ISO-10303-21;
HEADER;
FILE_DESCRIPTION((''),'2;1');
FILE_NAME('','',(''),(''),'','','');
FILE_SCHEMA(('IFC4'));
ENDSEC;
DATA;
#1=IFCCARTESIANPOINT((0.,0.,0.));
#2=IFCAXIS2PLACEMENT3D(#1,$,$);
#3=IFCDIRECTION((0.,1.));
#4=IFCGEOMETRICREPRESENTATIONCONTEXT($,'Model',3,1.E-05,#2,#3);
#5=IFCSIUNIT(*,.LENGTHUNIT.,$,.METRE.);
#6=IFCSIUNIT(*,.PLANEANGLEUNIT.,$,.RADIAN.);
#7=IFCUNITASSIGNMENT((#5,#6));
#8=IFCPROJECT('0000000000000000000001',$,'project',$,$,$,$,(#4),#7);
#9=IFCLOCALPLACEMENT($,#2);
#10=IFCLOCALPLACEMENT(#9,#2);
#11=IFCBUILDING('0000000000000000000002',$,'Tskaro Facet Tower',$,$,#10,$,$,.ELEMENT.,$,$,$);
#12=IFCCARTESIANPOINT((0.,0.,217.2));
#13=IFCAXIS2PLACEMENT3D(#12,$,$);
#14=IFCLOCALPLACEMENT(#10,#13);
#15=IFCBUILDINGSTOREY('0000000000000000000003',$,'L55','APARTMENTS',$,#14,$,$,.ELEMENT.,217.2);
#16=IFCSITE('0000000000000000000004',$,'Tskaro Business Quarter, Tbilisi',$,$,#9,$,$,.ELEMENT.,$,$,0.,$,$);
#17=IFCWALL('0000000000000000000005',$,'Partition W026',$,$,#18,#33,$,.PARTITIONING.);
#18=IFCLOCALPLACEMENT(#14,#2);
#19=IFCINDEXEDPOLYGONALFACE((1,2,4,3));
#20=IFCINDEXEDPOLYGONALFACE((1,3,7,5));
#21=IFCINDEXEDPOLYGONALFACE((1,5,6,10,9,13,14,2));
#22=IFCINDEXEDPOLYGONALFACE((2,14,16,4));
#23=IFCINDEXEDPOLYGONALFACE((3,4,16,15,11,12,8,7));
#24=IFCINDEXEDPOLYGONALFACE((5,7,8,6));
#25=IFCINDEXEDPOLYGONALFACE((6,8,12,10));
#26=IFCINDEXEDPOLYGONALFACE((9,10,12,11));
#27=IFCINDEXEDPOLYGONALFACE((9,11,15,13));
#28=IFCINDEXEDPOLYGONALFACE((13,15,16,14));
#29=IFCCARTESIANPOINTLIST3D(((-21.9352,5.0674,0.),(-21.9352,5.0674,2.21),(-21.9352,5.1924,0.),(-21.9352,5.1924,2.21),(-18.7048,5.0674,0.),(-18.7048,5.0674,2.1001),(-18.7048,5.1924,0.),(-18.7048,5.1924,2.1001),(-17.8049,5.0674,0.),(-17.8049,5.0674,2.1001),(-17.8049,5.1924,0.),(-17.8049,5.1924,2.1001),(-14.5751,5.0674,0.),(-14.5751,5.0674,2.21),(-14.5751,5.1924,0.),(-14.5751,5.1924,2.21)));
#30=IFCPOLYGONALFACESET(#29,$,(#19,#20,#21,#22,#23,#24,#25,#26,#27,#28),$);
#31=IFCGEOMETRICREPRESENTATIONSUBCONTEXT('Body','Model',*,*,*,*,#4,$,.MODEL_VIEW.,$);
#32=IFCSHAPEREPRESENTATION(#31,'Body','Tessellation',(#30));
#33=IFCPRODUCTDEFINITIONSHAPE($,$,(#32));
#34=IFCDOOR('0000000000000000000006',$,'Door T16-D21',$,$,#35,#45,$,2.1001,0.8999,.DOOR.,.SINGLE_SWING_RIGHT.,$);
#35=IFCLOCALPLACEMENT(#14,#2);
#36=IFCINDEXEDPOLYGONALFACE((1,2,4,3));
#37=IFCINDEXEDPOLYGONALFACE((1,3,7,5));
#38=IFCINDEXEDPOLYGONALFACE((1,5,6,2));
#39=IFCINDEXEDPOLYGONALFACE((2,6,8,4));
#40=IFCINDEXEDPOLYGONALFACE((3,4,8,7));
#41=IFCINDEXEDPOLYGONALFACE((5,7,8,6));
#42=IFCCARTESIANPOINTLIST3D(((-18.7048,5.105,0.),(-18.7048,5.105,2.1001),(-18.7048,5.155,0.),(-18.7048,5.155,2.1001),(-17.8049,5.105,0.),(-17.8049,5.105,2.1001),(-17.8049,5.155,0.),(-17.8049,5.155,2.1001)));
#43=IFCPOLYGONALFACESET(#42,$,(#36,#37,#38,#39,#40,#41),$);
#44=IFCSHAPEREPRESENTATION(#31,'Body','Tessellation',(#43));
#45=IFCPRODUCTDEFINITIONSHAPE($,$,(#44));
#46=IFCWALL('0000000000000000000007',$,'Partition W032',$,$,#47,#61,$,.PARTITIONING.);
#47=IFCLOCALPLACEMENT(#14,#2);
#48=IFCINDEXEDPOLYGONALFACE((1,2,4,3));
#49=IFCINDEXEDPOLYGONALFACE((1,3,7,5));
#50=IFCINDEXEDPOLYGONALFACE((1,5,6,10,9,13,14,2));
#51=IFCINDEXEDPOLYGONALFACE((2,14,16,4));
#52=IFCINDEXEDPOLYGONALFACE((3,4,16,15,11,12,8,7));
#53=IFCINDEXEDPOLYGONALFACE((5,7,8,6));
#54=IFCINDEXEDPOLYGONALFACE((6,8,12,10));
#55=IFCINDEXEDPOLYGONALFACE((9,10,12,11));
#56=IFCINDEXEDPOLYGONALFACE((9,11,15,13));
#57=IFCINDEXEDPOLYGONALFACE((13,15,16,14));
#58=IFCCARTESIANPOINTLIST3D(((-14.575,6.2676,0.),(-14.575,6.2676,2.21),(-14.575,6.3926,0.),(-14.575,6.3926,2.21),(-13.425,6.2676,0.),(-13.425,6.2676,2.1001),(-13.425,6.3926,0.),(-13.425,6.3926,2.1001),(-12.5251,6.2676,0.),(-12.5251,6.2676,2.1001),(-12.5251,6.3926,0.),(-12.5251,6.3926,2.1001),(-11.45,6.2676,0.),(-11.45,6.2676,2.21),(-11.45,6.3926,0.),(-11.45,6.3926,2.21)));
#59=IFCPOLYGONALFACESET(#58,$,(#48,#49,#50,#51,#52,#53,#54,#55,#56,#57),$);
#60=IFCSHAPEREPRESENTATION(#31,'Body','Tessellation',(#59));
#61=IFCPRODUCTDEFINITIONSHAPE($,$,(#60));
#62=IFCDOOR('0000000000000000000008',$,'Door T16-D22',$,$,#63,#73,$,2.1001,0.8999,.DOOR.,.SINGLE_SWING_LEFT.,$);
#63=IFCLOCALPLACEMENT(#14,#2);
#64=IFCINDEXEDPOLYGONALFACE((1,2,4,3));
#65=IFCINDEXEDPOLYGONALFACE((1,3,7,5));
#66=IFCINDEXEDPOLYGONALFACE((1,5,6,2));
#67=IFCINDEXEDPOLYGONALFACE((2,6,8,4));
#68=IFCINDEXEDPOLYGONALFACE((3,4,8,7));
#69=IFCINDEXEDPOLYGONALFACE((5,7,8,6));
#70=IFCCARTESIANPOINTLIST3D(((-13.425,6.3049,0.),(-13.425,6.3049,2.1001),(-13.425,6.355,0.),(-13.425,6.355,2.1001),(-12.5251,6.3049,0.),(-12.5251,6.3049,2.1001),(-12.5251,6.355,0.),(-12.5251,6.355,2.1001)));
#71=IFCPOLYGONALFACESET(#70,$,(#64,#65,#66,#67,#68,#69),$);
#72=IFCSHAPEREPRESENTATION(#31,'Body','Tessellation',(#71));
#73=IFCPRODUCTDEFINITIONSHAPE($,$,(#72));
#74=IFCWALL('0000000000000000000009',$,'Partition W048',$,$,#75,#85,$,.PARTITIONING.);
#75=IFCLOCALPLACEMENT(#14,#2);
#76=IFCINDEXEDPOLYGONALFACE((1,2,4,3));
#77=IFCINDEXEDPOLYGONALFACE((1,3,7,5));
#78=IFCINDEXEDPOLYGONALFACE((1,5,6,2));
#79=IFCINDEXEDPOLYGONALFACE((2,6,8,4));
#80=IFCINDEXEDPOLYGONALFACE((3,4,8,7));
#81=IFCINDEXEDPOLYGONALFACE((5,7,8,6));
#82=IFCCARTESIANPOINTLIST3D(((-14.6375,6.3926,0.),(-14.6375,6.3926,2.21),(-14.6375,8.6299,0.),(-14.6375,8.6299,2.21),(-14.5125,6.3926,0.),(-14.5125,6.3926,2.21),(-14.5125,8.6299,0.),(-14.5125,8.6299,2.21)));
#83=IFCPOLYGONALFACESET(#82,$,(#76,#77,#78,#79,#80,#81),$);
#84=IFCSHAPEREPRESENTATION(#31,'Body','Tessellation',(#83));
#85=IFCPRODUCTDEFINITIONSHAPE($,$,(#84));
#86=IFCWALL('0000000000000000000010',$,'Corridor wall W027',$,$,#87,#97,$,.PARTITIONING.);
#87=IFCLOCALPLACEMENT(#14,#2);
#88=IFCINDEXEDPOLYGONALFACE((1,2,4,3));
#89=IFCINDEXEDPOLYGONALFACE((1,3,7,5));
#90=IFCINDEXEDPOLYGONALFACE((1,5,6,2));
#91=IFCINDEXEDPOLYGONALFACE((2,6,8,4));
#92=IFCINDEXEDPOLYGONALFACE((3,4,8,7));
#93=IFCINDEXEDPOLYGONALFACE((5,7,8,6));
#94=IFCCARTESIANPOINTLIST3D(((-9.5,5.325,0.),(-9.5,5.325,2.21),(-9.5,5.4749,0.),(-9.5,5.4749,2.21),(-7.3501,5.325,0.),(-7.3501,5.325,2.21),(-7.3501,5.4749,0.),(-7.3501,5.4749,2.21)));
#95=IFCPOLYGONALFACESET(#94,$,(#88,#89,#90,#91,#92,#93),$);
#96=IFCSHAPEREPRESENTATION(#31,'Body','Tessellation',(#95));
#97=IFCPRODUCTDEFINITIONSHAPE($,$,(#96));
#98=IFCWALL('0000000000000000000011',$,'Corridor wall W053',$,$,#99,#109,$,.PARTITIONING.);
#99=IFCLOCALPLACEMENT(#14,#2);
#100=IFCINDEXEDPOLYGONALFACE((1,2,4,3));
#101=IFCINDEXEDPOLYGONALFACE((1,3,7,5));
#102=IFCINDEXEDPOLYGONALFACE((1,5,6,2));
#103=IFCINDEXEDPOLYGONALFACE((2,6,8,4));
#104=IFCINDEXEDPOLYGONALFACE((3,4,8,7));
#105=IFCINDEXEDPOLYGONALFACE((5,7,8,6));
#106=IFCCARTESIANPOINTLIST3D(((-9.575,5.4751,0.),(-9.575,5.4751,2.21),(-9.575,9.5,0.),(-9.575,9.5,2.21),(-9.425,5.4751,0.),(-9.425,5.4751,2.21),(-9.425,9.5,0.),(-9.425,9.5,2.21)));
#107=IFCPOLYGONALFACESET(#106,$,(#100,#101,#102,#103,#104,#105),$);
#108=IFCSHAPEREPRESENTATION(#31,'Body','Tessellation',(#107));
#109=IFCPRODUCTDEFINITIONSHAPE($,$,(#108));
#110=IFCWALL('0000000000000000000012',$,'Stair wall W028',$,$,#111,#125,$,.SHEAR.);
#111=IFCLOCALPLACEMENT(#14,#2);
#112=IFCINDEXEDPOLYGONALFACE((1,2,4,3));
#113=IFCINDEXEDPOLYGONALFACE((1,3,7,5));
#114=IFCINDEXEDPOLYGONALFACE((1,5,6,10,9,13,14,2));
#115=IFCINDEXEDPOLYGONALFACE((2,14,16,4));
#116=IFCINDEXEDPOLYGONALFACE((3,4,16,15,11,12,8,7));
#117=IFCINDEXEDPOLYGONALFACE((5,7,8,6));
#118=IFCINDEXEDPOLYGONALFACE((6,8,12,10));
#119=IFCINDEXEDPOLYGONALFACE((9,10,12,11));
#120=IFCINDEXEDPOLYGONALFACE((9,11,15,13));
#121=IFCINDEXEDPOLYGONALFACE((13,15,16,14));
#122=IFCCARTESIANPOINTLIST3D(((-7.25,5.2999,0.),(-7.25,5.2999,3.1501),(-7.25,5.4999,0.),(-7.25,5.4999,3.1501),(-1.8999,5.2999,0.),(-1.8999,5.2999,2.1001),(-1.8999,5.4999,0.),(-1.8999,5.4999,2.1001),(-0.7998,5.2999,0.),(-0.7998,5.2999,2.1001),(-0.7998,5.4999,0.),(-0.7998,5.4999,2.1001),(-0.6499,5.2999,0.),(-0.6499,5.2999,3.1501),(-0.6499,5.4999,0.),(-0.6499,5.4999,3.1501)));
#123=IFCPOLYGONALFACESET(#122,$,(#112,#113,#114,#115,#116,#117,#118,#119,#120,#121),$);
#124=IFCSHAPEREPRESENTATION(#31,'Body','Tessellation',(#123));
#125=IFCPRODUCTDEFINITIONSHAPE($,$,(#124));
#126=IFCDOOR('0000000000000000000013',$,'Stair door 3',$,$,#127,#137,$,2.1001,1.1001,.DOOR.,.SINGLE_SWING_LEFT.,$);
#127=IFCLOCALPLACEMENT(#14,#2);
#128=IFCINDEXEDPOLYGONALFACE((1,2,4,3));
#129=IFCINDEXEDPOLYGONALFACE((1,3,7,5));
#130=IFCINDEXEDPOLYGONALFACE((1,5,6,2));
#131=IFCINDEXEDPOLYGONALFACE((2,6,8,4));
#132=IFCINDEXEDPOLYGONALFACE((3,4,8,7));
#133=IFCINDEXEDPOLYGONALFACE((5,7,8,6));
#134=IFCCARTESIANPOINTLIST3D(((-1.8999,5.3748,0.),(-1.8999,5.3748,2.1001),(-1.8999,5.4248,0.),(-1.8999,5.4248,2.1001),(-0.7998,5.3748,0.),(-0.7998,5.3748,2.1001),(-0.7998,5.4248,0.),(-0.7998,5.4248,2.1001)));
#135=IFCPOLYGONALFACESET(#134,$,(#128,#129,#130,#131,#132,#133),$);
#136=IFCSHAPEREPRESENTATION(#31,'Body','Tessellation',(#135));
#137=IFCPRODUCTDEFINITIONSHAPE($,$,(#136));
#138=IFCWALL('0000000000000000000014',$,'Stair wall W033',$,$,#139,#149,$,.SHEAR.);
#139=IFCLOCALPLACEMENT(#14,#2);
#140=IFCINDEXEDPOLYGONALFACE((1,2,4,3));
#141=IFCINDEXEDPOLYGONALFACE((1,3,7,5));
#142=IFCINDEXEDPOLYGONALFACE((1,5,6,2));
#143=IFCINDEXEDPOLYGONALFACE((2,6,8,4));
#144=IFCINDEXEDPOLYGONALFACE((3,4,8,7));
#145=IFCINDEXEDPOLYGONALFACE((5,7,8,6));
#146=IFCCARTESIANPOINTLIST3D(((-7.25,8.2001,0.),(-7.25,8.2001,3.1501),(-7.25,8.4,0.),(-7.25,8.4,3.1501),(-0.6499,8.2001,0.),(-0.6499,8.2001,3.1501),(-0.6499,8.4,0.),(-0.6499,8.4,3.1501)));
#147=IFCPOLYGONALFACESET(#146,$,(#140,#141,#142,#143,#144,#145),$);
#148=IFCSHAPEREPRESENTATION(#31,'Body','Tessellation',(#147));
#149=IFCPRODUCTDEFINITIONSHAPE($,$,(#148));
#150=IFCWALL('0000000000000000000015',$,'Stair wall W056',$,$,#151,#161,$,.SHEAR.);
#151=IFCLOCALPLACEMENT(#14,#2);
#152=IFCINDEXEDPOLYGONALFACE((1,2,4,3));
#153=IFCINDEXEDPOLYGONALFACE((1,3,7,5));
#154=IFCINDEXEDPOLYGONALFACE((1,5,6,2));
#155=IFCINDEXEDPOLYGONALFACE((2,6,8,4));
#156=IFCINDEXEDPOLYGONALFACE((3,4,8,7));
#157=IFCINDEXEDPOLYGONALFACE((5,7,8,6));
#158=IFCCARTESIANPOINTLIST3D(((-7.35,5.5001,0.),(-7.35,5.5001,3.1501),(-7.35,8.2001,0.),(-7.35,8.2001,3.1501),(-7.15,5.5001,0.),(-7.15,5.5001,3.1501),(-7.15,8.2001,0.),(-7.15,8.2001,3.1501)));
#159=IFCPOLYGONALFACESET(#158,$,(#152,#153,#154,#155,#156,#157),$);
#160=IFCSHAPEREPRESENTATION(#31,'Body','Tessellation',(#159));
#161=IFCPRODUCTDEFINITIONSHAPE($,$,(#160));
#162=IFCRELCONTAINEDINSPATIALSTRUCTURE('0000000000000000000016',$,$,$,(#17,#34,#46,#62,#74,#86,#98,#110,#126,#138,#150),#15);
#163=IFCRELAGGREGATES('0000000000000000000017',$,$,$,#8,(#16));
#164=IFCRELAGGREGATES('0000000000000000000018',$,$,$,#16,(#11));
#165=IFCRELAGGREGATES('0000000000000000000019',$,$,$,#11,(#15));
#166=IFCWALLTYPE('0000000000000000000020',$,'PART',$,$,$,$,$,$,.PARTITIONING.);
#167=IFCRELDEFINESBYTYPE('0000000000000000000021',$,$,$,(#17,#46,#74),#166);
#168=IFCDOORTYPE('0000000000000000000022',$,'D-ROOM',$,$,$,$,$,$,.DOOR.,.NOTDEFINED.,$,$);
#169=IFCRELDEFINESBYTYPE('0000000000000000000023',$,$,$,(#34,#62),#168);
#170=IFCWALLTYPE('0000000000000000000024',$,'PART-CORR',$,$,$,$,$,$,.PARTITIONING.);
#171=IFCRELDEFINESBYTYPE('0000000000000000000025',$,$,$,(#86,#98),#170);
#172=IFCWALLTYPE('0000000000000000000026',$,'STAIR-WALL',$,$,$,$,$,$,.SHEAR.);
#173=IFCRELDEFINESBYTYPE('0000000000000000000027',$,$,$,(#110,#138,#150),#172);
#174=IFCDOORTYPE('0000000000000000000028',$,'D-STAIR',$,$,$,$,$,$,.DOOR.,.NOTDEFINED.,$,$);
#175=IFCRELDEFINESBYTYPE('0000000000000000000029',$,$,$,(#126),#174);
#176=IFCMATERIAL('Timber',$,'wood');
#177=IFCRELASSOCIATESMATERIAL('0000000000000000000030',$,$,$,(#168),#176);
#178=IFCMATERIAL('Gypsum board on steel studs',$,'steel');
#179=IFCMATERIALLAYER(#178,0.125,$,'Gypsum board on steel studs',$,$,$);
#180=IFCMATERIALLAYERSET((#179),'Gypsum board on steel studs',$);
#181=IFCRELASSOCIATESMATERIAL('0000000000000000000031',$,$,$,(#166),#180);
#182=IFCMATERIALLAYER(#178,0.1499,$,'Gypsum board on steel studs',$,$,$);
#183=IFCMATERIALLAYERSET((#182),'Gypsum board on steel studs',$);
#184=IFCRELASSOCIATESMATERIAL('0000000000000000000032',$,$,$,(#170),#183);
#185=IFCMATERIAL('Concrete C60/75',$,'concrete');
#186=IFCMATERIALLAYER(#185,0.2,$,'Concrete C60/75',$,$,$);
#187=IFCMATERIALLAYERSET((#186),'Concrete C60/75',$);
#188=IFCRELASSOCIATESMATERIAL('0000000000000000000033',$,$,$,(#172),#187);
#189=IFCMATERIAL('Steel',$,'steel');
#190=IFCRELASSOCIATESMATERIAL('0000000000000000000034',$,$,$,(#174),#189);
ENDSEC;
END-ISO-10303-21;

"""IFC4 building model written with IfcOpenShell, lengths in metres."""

from ifc_helpers import new_model, si_unit, direction, frame, frame_2d, origin, place, context, subcontext, project, spatial, rectangle, extrude, material, layer, layer_set, type_object, element, fill, save


model = new_model("IFC4")

# Units and contexts
model_context = context("Model", 3, precision=1e-05, world=origin(), true_north=direction((0.0, 1.0)))
body_context = subcontext(model_context, "Body", "Model", "MODEL_VIEW")
ifc_project = project(units=[si_unit("LENGTHUNIT", "METRE"), si_unit("PLANEANGLEUNIT", "RADIAN")], contexts=[model_context])

# Site, building, storey
site_placement = place(None, origin())
site = spatial("IfcSite", under=ifc_project, at=site_placement, Name="Tskaro Business Quarter, Tbilisi", CompositionType="ELEMENT", RefElevation=0.0)
building_placement = place(site_placement, origin())
building = spatial("IfcBuilding", under=site, at=building_placement, Name="Tskaro Facet Tower", CompositionType="ELEMENT")
storey_placement = place(building_placement, frame((0.0, 0.0, 217.2)))
storey = spatial("IfcBuildingStorey", under=building, at=storey_placement, Name="L55", Description="APARTMENTS", CompositionType="ELEMENT", Elevation=217.2)

# Shared definitions
ifc_material_1 = material(Name="Timber", Category="wood")
door_type_1 = type_object("IfcDoorType", Name="D-ROOM", OperationType="NOTDEFINED", PredefinedType="DOOR", material=ifc_material_1)

# Shared definitions
ifc_material_2 = material(Name="Steel", Category="steel")

# Walls, openings, doors
ifc_material_3 = material(Name="Gypsum board on steel studs", Category="steel")
ifc_layer_1 = layer(ifc_material_3, 0.125, Name="Gypsum board on steel studs")
ifc_layer_set_1 = layer_set([ifc_layer_1], Name="Gypsum board on steel studs")
wall_type_1 = type_object("IfcWallType", Name="PART", PredefinedType="PARTITIONING", material=ifc_layer_set_1)
wall_1_placement = place(storey_placement, frame((-14.575, 5.1299, 0.0), z_axis=(0.0, 0.0, 1.0), x_axis=(-1.0, 0.0, 0.0)))
wall_1 = element("IfcWall", 1, at=wall_1_placement, inside=storey, type_object=wall_type_1, Name="Partition W026", PredefinedType="PARTITIONING", context=body_context, shape_type="SweptSolid", body=[
    extrude(rectangle(XDim=7.3601, YDim=0.125, at=frame_2d((3.6802, 0.0))), origin(), (0.0, 0.0, 1.0), 2.21),
])
opening_1_placement = place(wall_1_placement, frame((3.23, 0.0, 0.0)))
opening_1 = element("IfcOpeningElement", 2, at=opening_1_placement, cuts=wall_1, PredefinedType="OPENING", context=body_context, shape_type="SweptSolid", body=[
    extrude(rectangle(XDim=0.8999, YDim=2.1001, at=frame_2d((0.45, 1.05))), frame((0.0, 0.0725, 0.0), z_axis=(0.0, -1.0, 0.0), x_axis=(1.0, 0.0, 0.0)), (0.0, 0.0, 1.0), 0.145),
])
door_1_placement = place(opening_1_placement, origin())
door_1 = element("IfcDoor", 3, at=door_1_placement, inside=storey, type_object=door_type_1, Name="Door T16-D21", OperationType="SINGLE_SWING_RIGHT", OverallHeight=2.1001, OverallWidth=0.8999, PredefinedType="DOOR", context=body_context, shape_type="SweptSolid", body=[
    extrude(rectangle(XDim=0.8999, YDim=2.1001, at=frame_2d((0.45, 1.05))), frame((0.0, 0.0249, 0.0), z_axis=(0.0, -1.0, 0.0), x_axis=(1.0, 0.0, 0.0)), (0.0, 0.0, 1.0), 0.05),
])
fill(opening_1, door_1)
wall_2_placement = place(storey_placement, frame((-14.575, 6.3301, 0.0), z_axis=(0.0, 0.0, 1.0), x_axis=(1.0, 0.0, 0.0)))
wall_2 = element("IfcWall", 4, at=wall_2_placement, inside=storey, type_object=wall_type_1, Name="Partition W032", PredefinedType="PARTITIONING", context=body_context, shape_type="SweptSolid", body=[
    extrude(rectangle(XDim=3.125, YDim=0.125, at=frame_2d((1.5625, 0.0))), origin(), (0.0, 0.0, 1.0), 2.21),
])
opening_2_placement = place(wall_2_placement, frame((1.1499, 0.0, 0.0)))
opening_2 = element("IfcOpeningElement", 5, at=opening_2_placement, cuts=wall_2, PredefinedType="OPENING", context=body_context, shape_type="SweptSolid", body=[
    extrude(rectangle(XDim=0.8999, YDim=2.1001, at=frame_2d((0.45, 1.05))), frame((0.0, 0.0725, 0.0), z_axis=(0.0, -1.0, 0.0), x_axis=(1.0, 0.0, 0.0)), (0.0, 0.0, 1.0), 0.145),
])
door_2_placement = place(opening_2_placement, origin())
door_2 = element("IfcDoor", 6, at=door_2_placement, inside=storey, type_object=door_type_1, Name="Door T16-D22", OperationType="SINGLE_SWING_LEFT", OverallHeight=2.1001, OverallWidth=0.8999, PredefinedType="DOOR", context=body_context, shape_type="SweptSolid", body=[
    extrude(rectangle(XDim=0.8999, YDim=2.1001, at=frame_2d((0.45, 1.05))), frame((0.0, 0.0249, 0.0), z_axis=(0.0, -1.0, 0.0), x_axis=(1.0, 0.0, 0.0)), (0.0, 0.0, 1.0), 0.05),
])
fill(opening_2, door_2)

# Walls
wall_3_placement = place(storey_placement, frame((-14.575, 6.3926, 0.0), z_axis=(0.0, 0.0, 1.0), x_axis=(0.0, 1.0, 0.0)))
element("IfcWall", 7, at=wall_3_placement, inside=storey, type_object=wall_type_1, Name="Partition W048", PredefinedType="PARTITIONING", context=body_context, shape_type="SweptSolid", body=[
    extrude(rectangle(XDim=2.2373, YDim=0.125, at=frame_2d((1.1187, 0.0))), origin(), (0.0, 0.0, 1.0), 2.21),
])
ifc_layer_2 = layer(ifc_material_3, 0.1499, Name="Gypsum board on steel studs")
ifc_layer_set_2 = layer_set([ifc_layer_2], Name="Gypsum board on steel studs")
wall_type_2 = type_object("IfcWallType", Name="PART-CORR", PredefinedType="PARTITIONING", material=ifc_layer_set_2)
wall_4_placement = place(storey_placement, frame((-9.5, 5.3999, 0.0), z_axis=(0.0, 0.0, 1.0), x_axis=(1.0, 0.0, 0.0)))
element("IfcWall", 8, at=wall_4_placement, inside=storey, type_object=wall_type_2, Name="Corridor wall W027", PredefinedType="PARTITIONING", context=body_context, shape_type="SweptSolid", body=[
    extrude(rectangle(XDim=2.1499, YDim=0.1499, at=frame_2d((1.075, 0.0))), origin(), (0.0, 0.0, 1.0), 2.21),
])
wall_5_placement = place(storey_placement, frame((-9.5, 5.4751, 0.0), z_axis=(0.0, 0.0, 1.0), x_axis=(0.0, 1.0, 0.0)))
element("IfcWall", 9, at=wall_5_placement, inside=storey, type_object=wall_type_2, Name="Corridor wall W053", PredefinedType="PARTITIONING", context=body_context, shape_type="SweptSolid", body=[
    extrude(rectangle(XDim=4.0249, YDim=0.1499, at=frame_2d((2.0125, 0.0))), origin(), (0.0, 0.0, 1.0), 2.21),
])

# Wall, opening, door
ifc_material_4 = material(Name="Concrete C60/75", Category="concrete")
ifc_layer_3 = layer(ifc_material_4, 0.2, Name="Concrete C60/75")
ifc_layer_set_3 = layer_set([ifc_layer_3], Name="Concrete C60/75")
wall_type_3 = type_object("IfcWallType", Name="STAIR-WALL", PredefinedType="SHEAR", material=ifc_layer_set_3)
wall_6_placement = place(storey_placement, frame((-7.25, 5.3999, 0.0), z_axis=(0.0, 0.0, 1.0), x_axis=(1.0, 0.0, 0.0)))
wall_6 = element("IfcWall", 10, at=wall_6_placement, inside=storey, type_object=wall_type_3, Name="Stair wall W028", PredefinedType="SHEAR", context=body_context, shape_type="SweptSolid", body=[
    extrude(rectangle(XDim=6.6001, YDim=0.2, at=frame_2d((3.3, 0.0))), origin(), (0.0, 0.0, 1.0), 3.1501),
])
opening_3_placement = place(wall_6_placement, frame((5.3501, 0.0, 0.0)))
opening_3 = element("IfcOpeningElement", 11, at=opening_3_placement, cuts=wall_6, PredefinedType="OPENING", context=body_context, shape_type="SweptSolid", body=[
    extrude(rectangle(XDim=1.1001, YDim=2.1001, at=frame_2d((0.55, 1.05))), frame((0.0, 0.1099, 0.0), z_axis=(0.0, -1.0, 0.0), x_axis=(1.0, 0.0, 0.0)), (0.0, 0.0, 1.0), 0.22),
])
door_type_2 = type_object("IfcDoorType", Name="D-STAIR", OperationType="NOTDEFINED", PredefinedType="DOOR", material=ifc_material_2)
door_3_placement = place(opening_3_placement, origin())
door_3 = element("IfcDoor", 12, at=door_3_placement, inside=storey, type_object=door_type_2, Name="Stair door 3", OperationType="SINGLE_SWING_LEFT", OverallHeight=2.1001, OverallWidth=1.1001, PredefinedType="DOOR", context=body_context, shape_type="SweptSolid", body=[
    extrude(rectangle(XDim=1.1001, YDim=2.1001, at=frame_2d((0.55, 1.05))), frame((0.0, 0.0249, 0.0), z_axis=(0.0, -1.0, 0.0), x_axis=(1.0, 0.0, 0.0)), (0.0, 0.0, 1.0), 0.05),
])
fill(opening_3, door_3)

# Walls
wall_7_placement = place(storey_placement, frame((-7.25, 8.3, 0.0), z_axis=(0.0, 0.0, 1.0), x_axis=(1.0, 0.0, 0.0)))
element("IfcWall", 13, at=wall_7_placement, inside=storey, type_object=wall_type_3, Name="Stair wall W033", PredefinedType="SHEAR", context=body_context, shape_type="SweptSolid", body=[
    extrude(rectangle(XDim=6.6001, YDim=0.2, at=frame_2d((3.3, 0.0))), origin(), (0.0, 0.0, 1.0), 3.1501),
])
wall_8_placement = place(storey_placement, frame((-7.25, 5.5, 0.0), z_axis=(0.0, 0.0, 1.0), x_axis=(0.0, 1.0, 0.0)))
element("IfcWall", 14, at=wall_8_placement, inside=storey, type_object=wall_type_3, Name="Stair wall W056", PredefinedType="SHEAR", context=body_context, shape_type="SweptSolid", body=[
    extrude(rectangle(XDim=2.7, YDim=0.2, at=frame_2d((1.3501, 0.0))), origin(), (0.0, 0.0, 1.0), 3.1501),
])

save(model, "model.ifc")
